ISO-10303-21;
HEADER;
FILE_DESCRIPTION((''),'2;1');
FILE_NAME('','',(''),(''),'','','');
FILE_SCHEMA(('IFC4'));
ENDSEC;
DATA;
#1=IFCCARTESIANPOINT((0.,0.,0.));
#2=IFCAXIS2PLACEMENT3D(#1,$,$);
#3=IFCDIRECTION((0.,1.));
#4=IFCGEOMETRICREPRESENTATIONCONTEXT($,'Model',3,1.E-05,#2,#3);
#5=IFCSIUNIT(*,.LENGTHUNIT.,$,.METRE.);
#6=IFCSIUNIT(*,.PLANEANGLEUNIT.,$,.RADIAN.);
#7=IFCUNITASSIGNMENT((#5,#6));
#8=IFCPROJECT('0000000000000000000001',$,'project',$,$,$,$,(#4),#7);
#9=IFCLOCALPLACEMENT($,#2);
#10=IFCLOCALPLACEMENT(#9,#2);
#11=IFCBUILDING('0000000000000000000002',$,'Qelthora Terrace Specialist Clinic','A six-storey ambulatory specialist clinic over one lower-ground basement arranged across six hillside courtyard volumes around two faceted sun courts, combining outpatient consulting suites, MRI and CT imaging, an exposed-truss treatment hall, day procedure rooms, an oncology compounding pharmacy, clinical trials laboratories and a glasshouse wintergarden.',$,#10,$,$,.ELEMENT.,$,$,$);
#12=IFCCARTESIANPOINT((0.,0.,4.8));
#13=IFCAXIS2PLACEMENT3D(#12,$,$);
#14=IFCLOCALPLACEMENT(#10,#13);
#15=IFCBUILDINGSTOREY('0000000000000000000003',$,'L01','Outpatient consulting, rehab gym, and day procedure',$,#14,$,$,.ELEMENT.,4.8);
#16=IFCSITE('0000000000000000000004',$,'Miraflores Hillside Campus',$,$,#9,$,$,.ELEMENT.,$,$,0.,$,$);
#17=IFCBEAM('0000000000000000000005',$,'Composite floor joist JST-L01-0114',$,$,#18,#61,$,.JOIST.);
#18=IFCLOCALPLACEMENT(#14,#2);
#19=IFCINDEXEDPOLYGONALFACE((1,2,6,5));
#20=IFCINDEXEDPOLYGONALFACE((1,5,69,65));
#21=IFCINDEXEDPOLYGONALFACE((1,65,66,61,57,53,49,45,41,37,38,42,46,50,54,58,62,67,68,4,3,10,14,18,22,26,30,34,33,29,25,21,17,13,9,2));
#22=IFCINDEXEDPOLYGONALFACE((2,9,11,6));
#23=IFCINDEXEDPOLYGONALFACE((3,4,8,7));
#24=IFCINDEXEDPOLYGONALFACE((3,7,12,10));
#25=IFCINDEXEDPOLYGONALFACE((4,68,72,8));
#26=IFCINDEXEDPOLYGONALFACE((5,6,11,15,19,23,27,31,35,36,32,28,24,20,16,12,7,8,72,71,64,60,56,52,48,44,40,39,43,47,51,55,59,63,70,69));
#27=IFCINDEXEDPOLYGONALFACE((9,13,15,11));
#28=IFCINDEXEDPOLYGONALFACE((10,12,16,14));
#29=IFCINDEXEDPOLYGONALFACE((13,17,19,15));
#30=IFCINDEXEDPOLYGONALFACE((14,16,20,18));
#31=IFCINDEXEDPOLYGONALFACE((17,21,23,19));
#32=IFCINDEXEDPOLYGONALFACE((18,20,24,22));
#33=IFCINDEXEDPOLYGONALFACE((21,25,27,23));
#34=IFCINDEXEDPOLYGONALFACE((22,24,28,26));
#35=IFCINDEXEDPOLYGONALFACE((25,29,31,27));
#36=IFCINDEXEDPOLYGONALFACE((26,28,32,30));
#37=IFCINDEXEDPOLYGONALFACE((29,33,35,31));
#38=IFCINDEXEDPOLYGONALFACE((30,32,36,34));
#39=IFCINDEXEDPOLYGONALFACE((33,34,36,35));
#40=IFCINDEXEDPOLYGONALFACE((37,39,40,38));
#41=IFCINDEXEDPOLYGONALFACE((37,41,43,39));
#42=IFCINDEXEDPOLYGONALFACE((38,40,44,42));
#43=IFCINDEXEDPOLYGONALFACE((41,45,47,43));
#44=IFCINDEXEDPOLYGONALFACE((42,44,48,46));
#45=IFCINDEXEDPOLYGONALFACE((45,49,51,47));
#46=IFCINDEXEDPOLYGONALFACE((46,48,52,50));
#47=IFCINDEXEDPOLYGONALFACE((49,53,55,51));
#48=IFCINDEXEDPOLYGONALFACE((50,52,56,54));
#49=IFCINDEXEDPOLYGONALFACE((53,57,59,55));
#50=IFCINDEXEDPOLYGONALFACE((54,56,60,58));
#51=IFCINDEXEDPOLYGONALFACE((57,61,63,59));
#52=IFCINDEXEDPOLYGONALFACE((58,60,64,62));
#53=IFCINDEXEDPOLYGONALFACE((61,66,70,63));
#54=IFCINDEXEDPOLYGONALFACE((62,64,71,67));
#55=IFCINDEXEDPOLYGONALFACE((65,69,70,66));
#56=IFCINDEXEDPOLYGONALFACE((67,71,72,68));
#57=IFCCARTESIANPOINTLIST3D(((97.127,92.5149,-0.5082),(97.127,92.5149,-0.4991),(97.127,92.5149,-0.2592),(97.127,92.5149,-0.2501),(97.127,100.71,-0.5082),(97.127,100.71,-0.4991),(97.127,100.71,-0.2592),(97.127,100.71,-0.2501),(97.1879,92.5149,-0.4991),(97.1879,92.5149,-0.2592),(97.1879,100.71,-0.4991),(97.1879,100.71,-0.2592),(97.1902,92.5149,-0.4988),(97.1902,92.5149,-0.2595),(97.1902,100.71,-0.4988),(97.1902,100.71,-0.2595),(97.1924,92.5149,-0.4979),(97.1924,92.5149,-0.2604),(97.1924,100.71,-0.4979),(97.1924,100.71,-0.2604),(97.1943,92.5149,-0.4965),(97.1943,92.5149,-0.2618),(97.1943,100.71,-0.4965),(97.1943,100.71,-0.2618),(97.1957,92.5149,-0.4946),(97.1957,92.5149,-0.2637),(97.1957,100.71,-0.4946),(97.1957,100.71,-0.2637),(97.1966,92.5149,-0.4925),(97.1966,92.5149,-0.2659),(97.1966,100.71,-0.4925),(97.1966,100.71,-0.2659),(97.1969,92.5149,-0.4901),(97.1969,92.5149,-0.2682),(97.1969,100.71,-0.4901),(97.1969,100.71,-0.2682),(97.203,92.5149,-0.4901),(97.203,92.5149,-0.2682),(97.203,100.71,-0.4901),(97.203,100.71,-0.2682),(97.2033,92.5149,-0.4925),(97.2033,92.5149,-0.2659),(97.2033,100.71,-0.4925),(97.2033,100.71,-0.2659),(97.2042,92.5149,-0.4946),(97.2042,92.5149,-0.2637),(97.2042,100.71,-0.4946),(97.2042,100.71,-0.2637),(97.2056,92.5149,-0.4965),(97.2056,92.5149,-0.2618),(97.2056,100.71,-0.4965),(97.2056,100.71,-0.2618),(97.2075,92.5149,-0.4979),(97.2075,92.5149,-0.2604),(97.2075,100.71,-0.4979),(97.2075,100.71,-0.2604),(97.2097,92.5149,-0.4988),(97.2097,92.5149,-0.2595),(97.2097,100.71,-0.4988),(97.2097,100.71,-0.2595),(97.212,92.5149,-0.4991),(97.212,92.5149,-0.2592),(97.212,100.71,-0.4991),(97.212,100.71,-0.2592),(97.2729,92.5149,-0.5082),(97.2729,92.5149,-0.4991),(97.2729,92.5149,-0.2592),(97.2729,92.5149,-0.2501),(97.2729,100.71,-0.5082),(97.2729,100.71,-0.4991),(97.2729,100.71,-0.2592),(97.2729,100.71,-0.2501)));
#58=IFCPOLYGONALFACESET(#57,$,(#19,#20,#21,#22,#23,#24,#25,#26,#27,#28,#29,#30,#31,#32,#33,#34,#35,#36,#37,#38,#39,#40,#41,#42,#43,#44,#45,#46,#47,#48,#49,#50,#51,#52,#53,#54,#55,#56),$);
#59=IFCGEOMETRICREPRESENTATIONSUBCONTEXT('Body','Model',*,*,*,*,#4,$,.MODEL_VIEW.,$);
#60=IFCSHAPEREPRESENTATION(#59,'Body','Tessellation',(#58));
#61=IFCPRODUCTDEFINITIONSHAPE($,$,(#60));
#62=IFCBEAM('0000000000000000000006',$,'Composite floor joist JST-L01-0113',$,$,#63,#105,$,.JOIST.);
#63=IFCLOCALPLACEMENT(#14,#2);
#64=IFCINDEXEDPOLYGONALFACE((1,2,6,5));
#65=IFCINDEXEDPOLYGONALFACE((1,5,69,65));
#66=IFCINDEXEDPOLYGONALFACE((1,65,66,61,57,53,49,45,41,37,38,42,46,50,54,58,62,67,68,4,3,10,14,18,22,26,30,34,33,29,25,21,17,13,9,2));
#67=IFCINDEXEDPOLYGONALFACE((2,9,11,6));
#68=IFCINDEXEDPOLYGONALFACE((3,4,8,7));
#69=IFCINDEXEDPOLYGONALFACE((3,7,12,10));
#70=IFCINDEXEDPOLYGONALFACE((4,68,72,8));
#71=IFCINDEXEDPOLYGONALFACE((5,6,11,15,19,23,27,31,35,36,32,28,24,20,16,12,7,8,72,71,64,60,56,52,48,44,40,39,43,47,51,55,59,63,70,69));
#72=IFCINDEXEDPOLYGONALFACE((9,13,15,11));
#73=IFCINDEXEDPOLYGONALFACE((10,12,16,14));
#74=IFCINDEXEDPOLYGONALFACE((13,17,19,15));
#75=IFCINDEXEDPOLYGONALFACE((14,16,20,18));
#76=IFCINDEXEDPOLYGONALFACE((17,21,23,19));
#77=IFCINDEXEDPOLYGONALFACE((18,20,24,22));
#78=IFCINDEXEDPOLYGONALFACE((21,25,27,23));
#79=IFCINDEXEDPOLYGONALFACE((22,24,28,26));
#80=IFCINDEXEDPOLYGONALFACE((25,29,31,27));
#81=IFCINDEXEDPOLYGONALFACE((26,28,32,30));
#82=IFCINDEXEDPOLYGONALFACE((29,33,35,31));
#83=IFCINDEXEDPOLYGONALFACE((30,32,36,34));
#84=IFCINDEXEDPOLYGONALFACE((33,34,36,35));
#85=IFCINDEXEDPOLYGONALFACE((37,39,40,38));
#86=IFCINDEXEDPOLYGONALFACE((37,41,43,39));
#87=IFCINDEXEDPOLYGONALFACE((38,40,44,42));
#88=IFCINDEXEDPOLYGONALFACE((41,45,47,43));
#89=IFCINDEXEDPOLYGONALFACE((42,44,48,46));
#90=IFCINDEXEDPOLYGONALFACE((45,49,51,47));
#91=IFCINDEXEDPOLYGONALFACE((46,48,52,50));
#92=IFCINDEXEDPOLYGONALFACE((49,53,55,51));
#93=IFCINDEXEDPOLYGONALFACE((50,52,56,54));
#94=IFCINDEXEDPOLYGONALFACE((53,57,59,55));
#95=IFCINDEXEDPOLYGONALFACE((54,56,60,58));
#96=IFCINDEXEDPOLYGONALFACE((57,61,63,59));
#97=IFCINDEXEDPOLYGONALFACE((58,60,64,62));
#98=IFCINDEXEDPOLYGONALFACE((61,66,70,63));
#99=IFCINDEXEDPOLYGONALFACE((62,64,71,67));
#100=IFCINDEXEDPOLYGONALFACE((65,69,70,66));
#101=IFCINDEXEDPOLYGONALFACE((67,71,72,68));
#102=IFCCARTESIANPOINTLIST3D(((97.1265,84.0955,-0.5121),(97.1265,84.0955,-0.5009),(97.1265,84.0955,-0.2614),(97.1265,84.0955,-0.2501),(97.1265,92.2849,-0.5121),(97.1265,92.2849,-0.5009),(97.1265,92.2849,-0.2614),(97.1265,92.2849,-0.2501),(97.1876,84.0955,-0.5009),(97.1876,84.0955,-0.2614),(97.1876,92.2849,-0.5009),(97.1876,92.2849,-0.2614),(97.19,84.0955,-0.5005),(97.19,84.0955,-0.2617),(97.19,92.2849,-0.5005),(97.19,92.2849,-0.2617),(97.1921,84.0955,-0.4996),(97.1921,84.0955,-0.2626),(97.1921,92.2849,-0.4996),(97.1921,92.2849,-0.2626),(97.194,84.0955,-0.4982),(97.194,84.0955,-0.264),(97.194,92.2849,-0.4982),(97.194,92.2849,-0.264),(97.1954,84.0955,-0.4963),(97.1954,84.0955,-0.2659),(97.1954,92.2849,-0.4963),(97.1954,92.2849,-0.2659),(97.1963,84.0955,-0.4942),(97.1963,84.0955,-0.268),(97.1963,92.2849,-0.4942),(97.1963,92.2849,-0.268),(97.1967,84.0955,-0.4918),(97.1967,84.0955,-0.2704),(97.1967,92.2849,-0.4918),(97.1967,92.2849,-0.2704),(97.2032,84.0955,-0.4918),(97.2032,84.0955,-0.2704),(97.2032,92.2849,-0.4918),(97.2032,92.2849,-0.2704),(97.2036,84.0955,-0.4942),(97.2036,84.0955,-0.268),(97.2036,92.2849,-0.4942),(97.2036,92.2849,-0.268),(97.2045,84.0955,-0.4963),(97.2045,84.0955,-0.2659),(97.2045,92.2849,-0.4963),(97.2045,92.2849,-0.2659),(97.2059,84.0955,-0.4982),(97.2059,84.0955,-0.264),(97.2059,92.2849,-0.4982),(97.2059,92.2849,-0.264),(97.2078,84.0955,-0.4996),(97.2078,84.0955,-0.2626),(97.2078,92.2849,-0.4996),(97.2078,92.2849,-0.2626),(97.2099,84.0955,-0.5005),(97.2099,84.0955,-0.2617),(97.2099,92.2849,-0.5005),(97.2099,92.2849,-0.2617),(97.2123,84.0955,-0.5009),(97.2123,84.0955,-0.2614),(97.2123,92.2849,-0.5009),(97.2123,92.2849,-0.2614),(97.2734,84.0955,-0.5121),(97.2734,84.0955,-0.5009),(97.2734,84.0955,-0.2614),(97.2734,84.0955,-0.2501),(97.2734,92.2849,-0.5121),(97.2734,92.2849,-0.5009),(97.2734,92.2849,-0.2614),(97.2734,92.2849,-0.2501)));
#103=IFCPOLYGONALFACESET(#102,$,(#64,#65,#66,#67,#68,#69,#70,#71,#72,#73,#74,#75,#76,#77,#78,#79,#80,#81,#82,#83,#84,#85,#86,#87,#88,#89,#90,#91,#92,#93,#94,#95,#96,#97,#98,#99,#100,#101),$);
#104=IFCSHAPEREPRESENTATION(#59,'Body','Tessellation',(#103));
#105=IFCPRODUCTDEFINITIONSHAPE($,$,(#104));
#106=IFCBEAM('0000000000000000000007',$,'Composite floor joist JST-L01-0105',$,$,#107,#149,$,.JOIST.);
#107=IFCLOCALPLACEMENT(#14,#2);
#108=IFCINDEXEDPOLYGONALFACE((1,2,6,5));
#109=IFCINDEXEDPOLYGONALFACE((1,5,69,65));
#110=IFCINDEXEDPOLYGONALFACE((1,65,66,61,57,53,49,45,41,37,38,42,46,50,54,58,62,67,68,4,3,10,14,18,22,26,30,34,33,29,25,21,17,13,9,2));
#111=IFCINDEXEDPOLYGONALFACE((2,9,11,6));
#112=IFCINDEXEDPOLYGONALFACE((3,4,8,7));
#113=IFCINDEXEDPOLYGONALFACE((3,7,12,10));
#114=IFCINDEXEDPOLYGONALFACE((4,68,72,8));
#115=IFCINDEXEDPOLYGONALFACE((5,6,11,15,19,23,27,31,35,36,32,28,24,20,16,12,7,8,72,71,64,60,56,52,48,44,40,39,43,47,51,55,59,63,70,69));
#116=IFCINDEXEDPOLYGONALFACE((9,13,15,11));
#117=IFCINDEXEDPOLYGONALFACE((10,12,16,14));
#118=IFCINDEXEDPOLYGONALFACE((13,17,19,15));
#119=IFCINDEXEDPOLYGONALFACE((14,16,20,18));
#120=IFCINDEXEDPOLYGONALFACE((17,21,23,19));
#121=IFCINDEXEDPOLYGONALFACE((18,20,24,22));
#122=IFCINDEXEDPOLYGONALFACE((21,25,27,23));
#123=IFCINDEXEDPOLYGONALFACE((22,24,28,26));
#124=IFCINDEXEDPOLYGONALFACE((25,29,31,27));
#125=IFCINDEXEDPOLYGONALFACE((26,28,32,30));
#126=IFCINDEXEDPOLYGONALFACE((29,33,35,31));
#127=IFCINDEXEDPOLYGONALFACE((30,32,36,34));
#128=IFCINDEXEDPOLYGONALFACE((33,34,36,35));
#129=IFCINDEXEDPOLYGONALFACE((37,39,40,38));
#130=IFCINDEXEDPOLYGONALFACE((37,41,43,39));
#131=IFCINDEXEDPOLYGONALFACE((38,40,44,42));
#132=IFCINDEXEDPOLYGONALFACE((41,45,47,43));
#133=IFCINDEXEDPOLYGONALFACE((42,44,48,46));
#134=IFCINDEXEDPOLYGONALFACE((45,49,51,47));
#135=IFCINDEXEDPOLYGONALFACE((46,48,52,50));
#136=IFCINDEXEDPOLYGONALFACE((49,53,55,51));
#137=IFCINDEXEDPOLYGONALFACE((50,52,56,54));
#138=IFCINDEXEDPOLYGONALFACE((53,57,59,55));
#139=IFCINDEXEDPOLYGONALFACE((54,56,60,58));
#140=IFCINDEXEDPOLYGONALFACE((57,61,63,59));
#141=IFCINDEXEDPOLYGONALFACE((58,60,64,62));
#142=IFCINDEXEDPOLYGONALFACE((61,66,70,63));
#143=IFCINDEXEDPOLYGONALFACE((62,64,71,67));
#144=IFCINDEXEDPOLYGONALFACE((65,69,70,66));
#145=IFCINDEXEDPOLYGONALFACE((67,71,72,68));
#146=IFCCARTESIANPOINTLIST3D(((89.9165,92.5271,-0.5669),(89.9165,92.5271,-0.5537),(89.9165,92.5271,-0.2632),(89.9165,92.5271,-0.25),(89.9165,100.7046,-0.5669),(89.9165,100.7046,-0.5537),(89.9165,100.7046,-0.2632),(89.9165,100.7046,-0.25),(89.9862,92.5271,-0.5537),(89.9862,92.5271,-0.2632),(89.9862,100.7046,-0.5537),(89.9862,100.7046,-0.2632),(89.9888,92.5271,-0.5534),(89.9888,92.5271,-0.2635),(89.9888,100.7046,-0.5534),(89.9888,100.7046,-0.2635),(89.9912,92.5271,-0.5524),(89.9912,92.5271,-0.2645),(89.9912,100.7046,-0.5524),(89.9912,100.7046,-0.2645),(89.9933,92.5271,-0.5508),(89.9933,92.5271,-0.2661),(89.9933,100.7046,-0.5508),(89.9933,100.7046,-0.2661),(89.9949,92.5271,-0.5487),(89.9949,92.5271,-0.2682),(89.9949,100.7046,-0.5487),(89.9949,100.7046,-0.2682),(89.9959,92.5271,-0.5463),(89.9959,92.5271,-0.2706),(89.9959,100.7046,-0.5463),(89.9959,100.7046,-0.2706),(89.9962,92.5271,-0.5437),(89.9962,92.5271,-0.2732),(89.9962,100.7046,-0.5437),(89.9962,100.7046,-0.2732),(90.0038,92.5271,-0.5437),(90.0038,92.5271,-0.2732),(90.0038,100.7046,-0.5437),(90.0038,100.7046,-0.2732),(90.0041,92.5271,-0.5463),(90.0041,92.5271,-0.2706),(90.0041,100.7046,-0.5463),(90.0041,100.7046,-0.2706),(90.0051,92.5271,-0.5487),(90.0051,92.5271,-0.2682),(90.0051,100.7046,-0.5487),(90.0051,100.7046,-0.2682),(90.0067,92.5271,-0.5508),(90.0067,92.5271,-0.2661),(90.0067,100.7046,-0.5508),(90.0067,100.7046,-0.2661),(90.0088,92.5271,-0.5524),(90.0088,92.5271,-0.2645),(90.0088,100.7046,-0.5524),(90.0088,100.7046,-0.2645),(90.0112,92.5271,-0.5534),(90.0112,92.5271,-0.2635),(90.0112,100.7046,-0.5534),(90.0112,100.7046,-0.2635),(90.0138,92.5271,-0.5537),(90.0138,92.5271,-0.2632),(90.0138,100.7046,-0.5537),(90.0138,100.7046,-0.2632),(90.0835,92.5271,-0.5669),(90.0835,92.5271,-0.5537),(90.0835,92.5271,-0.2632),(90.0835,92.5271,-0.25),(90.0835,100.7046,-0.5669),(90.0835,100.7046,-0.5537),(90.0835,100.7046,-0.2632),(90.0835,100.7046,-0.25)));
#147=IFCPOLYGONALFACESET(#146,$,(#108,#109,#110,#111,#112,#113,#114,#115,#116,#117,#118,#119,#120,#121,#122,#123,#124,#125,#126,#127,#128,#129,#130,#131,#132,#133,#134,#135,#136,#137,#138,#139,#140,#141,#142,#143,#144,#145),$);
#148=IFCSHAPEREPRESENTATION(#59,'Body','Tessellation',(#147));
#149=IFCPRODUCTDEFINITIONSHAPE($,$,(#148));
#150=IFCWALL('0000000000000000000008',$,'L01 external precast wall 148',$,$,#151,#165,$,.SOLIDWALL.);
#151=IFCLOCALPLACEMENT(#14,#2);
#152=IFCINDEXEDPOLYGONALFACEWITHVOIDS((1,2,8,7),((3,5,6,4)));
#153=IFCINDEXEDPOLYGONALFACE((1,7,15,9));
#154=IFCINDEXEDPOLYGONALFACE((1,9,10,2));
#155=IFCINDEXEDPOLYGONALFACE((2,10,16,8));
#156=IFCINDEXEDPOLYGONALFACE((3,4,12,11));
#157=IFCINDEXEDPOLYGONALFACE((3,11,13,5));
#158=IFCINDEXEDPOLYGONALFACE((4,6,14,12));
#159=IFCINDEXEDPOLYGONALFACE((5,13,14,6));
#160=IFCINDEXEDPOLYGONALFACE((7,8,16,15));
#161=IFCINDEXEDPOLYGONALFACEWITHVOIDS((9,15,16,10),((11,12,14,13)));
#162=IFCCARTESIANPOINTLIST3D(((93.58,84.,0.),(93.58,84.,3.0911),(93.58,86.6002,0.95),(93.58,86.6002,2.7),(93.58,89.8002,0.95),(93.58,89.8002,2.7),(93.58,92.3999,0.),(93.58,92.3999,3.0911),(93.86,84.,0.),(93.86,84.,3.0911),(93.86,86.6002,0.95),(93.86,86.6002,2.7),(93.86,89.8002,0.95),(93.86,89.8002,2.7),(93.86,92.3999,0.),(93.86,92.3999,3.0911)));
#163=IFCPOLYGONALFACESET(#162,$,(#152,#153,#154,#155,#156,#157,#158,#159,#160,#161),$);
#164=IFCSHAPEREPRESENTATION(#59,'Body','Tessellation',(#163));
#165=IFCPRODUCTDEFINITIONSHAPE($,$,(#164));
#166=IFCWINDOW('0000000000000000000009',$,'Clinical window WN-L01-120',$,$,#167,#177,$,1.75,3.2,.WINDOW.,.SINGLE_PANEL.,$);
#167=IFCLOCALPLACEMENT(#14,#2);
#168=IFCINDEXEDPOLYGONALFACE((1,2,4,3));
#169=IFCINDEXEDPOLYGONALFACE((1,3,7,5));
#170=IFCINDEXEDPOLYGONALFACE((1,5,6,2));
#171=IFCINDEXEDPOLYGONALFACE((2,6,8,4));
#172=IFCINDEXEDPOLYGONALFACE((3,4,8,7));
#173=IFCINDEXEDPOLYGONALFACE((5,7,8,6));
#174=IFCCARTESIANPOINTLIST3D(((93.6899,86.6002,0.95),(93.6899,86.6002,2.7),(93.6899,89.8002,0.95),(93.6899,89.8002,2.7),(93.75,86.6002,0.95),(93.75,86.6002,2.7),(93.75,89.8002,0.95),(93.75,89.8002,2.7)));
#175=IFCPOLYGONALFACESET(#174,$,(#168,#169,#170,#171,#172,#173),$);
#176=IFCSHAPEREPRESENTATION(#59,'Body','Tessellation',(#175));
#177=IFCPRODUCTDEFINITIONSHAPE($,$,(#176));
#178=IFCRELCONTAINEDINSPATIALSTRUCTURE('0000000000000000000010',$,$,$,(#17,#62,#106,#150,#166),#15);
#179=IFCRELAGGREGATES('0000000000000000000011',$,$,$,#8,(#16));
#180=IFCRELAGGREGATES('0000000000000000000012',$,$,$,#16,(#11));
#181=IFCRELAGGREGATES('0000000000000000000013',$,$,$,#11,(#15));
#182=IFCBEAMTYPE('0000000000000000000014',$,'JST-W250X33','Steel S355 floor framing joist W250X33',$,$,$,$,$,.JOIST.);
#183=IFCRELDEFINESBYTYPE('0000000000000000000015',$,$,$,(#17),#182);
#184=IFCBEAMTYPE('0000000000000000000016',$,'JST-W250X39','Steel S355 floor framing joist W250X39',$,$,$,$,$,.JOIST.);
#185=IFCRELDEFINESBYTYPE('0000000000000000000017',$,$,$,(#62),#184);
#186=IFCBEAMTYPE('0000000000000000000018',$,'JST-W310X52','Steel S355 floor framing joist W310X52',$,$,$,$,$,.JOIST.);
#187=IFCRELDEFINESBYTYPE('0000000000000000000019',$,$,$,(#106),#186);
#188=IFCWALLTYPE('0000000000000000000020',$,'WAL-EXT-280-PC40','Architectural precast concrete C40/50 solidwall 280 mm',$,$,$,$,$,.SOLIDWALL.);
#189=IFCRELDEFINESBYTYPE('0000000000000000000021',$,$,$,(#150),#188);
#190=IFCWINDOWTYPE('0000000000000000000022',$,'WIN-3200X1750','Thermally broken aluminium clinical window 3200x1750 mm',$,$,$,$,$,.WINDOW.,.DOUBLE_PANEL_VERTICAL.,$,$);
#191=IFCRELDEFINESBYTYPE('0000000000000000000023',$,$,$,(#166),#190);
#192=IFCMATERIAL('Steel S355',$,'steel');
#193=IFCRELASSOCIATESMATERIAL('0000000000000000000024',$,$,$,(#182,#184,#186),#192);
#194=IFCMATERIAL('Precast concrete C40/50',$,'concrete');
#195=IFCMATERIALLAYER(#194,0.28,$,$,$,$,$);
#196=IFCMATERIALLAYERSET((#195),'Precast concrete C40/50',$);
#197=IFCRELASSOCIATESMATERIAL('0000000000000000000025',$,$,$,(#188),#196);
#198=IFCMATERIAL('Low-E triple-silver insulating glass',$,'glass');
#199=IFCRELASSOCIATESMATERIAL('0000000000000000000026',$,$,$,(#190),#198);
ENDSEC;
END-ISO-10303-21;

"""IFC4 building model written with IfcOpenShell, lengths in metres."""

from ifc_helpers import new_model, si_unit, direction, frame, frame_2d, origin, origin_2d, place, context, subcontext, project, spatial, rectangle, i_section, extrude, material, layer, layer_set, material_profile, profile_set, type_object, element, fill, save


model = new_model("IFC4")

# Units and contexts
model_context = context("Model", 3, precision=1e-05, world=origin(), true_north=direction((0.0, 1.0)))
body_context = subcontext(model_context, "Body", "Model", "MODEL_VIEW")
ifc_project = project(units=[si_unit("LENGTHUNIT", "METRE"), si_unit("PLANEANGLEUNIT", "RADIAN")], contexts=[model_context])

# Site, building, storey
site_placement = place(None, origin())
site = spatial("IfcSite", under=ifc_project, at=site_placement, Name="Miraflores Hillside Campus", CompositionType="ELEMENT", RefElevation=0.0)
building_placement = place(site_placement, origin())
building = spatial("IfcBuilding", under=site, at=building_placement, Name="Qelthora Terrace Specialist Clinic", Description="A six-storey ambulatory specialist clinic over one lower-ground basement arranged across six hillside courtyard volumes around two faceted sun courts, combining outpatient consulting suites, MRI and CT imaging, an exposed-truss treatment hall, day procedure rooms, an oncology compounding pharmacy, clinical trials laboratories and a glasshouse wintergarden.", CompositionType="ELEMENT")
storey_placement = place(building_placement, frame((0.0, 0.0, 4.8)))
storey = spatial("IfcBuildingStorey", under=building, at=storey_placement, Name="L01", Description="Outpatient consulting, rehab gym, and day procedure", CompositionType="ELEMENT", Elevation=4.8)

# Shared definitions
ifc_material_1 = material(Name="Steel S355", Category="steel")

# Beams
ifc_material_profile_1 = material_profile(ifc_material_1, i_section(OverallWidth=0.146, OverallDepth=0.2581, WebThickness=0.0061, FlangeThickness=0.009, FilletRadius=0.009, at=origin_2d()), Name="W250X33")
ifc_profile_set_1 = profile_set([ifc_material_profile_1], Name="Steel S355")
beam_type_1 = type_object("IfcBeamType", Name="JST-W250X33", Description="Steel S355 floor framing joist W250X33", PredefinedType="JOIST", material=ifc_profile_set_1)
beam_1_placement = place(storey_placement, frame((97.2, 92.5149, -0.3792), z_axis=(0.0, 1.0, 0.0), x_axis=(-1.0, 0.0, 0.0)))
element("IfcBeam", 1, at=beam_1_placement, inside=storey, type_object=beam_type_1, Name="Composite floor joist JST-L01-0114", PredefinedType="JOIST", context=body_context, shape_type="SweptSolid", body=[
    extrude(i_section(OverallWidth=0.146, OverallDepth=0.2581, WebThickness=0.0061, FlangeThickness=0.009, FilletRadius=0.009, at=origin_2d()), origin(), (0.0, 0.0, 1.0), 8.1951),
])
ifc_material_profile_2 = material_profile(ifc_material_1, i_section(OverallWidth=0.147, OverallDepth=0.262, WebThickness=0.0066, FlangeThickness=0.0112, FilletRadius=0.009, at=origin_2d()), Name="W250X39")
ifc_profile_set_2 = profile_set([ifc_material_profile_2], Name="Steel S355")
beam_type_2 = type_object("IfcBeamType", Name="JST-W250X39", Description="Steel S355 floor framing joist W250X39", PredefinedType="JOIST", material=ifc_profile_set_2)
beam_2_placement = place(storey_placement, frame((97.2, 84.0955, -0.3811), z_axis=(0.0, 1.0, 0.0), x_axis=(-1.0, 0.0, 0.0)))
element("IfcBeam", 2, at=beam_2_placement, inside=storey, type_object=beam_type_2, Name="Composite floor joist JST-L01-0113", PredefinedType="JOIST", context=body_context, shape_type="SweptSolid", body=[
    extrude(i_section(OverallWidth=0.147, OverallDepth=0.262, WebThickness=0.0066, FlangeThickness=0.0112, FilletRadius=0.009, at=origin_2d()), origin(), (0.0, 0.0, 1.0), 8.1895),
])
ifc_material_profile_3 = material_profile(ifc_material_1, i_section(OverallWidth=0.167, OverallDepth=0.3169, WebThickness=0.0076, FlangeThickness=0.0132, FilletRadius=0.01, at=origin_2d()), Name="W310X52")
ifc_profile_set_3 = profile_set([ifc_material_profile_3], Name="Steel S355")
beam_type_3 = type_object("IfcBeamType", Name="JST-W310X52", Description="Steel S355 floor framing joist W310X52", PredefinedType="JOIST", material=ifc_profile_set_3)
beam_3_placement = place(storey_placement, frame((90.0, 92.5271, -0.4084), z_axis=(0.0, 1.0, 0.0), x_axis=(-1.0, 0.0, 0.0)))
element("IfcBeam", 3, at=beam_3_placement, inside=storey, type_object=beam_type_3, Name="Composite floor joist JST-L01-0105", PredefinedType="JOIST", context=body_context, shape_type="SweptSolid", body=[
    extrude(i_section(OverallWidth=0.167, OverallDepth=0.3169, WebThickness=0.0076, FlangeThickness=0.0132, FilletRadius=0.01, at=origin_2d()), origin(), (0.0, 0.0, 1.0), 8.1775),
])

# Wall, opening, window
ifc_material_2 = material(Name="Precast concrete C40/50", Category="concrete")
ifc_layer_1 = layer(ifc_material_2, 0.28)
ifc_layer_set_1 = layer_set([ifc_layer_1], Name="Precast concrete C40/50")
wall_type_1 = type_object("IfcWallType", Name="WAL-EXT-280-PC40", Description="Architectural precast concrete C40/50 solidwall 280 mm", PredefinedType="SOLIDWALL", material=ifc_layer_set_1)
wall_1_placement = place(storey_placement, frame((93.72, 84.0, 0.0), z_axis=(0.0, 0.0, 1.0), x_axis=(0.0, 1.0, 0.0)))
wall_1 = element("IfcWall", 4, at=wall_1_placement, inside=storey, type_object=wall_type_1, Name="L01 external precast wall 148", PredefinedType="SOLIDWALL", context=body_context, shape_type="SweptSolid", body=[
    extrude(rectangle(XDim=8.3999, YDim=0.28, at=frame_2d((4.2, 0.0))), origin(), (0.0, 0.0, 1.0), 3.0911),
])
opening_1_placement = place(wall_1_placement, frame((2.6001, 0.0, 0.95)))
opening_1 = element("IfcOpeningElement", 5, at=opening_1_placement, cuts=wall_1, PredefinedType="OPENING", context=body_context, shape_type="SweptSolid", body=[
    extrude(rectangle(XDim=3.2, YDim=1.75, at=frame_2d((1.6001, 0.875))), frame((0.0, 0.1499, 0.0), z_axis=(0.0, -1.0, 0.0), x_axis=(1.0, 0.0, 0.0)), (0.0, 0.0, 1.0), 0.3),
])
ifc_material_3 = material(Name="Low-E triple-silver insulating glass", Category="glass")
window_type = type_object("IfcWindowType", Name="WIN-3200X1750", Description="Thermally broken aluminium clinical window 3200x1750 mm", PartitioningType="DOUBLE_PANEL_VERTICAL", PredefinedType="WINDOW", material=ifc_material_3)
window_placement = place(opening_1_placement, origin())
window = element("IfcWindow", 6, at=window_placement, inside=storey, type_object=window_type, Name="Clinical window WN-L01-120", OverallHeight=1.75, OverallWidth=3.2, PartitioningType="SINGLE_PANEL", PredefinedType="WINDOW", context=body_context, shape_type="SweptSolid", body=[
    extrude(rectangle(XDim=3.2, YDim=1.75, at=frame_2d((1.6001, 0.875))), frame((0.0, 0.03, 0.0), z_axis=(0.0, -1.0, 0.0), x_axis=(1.0, 0.0, 0.0)), (0.0, 0.0, 1.0), 0.0601),
])
fill(opening_1, window)

save(model, "model.ifc")
